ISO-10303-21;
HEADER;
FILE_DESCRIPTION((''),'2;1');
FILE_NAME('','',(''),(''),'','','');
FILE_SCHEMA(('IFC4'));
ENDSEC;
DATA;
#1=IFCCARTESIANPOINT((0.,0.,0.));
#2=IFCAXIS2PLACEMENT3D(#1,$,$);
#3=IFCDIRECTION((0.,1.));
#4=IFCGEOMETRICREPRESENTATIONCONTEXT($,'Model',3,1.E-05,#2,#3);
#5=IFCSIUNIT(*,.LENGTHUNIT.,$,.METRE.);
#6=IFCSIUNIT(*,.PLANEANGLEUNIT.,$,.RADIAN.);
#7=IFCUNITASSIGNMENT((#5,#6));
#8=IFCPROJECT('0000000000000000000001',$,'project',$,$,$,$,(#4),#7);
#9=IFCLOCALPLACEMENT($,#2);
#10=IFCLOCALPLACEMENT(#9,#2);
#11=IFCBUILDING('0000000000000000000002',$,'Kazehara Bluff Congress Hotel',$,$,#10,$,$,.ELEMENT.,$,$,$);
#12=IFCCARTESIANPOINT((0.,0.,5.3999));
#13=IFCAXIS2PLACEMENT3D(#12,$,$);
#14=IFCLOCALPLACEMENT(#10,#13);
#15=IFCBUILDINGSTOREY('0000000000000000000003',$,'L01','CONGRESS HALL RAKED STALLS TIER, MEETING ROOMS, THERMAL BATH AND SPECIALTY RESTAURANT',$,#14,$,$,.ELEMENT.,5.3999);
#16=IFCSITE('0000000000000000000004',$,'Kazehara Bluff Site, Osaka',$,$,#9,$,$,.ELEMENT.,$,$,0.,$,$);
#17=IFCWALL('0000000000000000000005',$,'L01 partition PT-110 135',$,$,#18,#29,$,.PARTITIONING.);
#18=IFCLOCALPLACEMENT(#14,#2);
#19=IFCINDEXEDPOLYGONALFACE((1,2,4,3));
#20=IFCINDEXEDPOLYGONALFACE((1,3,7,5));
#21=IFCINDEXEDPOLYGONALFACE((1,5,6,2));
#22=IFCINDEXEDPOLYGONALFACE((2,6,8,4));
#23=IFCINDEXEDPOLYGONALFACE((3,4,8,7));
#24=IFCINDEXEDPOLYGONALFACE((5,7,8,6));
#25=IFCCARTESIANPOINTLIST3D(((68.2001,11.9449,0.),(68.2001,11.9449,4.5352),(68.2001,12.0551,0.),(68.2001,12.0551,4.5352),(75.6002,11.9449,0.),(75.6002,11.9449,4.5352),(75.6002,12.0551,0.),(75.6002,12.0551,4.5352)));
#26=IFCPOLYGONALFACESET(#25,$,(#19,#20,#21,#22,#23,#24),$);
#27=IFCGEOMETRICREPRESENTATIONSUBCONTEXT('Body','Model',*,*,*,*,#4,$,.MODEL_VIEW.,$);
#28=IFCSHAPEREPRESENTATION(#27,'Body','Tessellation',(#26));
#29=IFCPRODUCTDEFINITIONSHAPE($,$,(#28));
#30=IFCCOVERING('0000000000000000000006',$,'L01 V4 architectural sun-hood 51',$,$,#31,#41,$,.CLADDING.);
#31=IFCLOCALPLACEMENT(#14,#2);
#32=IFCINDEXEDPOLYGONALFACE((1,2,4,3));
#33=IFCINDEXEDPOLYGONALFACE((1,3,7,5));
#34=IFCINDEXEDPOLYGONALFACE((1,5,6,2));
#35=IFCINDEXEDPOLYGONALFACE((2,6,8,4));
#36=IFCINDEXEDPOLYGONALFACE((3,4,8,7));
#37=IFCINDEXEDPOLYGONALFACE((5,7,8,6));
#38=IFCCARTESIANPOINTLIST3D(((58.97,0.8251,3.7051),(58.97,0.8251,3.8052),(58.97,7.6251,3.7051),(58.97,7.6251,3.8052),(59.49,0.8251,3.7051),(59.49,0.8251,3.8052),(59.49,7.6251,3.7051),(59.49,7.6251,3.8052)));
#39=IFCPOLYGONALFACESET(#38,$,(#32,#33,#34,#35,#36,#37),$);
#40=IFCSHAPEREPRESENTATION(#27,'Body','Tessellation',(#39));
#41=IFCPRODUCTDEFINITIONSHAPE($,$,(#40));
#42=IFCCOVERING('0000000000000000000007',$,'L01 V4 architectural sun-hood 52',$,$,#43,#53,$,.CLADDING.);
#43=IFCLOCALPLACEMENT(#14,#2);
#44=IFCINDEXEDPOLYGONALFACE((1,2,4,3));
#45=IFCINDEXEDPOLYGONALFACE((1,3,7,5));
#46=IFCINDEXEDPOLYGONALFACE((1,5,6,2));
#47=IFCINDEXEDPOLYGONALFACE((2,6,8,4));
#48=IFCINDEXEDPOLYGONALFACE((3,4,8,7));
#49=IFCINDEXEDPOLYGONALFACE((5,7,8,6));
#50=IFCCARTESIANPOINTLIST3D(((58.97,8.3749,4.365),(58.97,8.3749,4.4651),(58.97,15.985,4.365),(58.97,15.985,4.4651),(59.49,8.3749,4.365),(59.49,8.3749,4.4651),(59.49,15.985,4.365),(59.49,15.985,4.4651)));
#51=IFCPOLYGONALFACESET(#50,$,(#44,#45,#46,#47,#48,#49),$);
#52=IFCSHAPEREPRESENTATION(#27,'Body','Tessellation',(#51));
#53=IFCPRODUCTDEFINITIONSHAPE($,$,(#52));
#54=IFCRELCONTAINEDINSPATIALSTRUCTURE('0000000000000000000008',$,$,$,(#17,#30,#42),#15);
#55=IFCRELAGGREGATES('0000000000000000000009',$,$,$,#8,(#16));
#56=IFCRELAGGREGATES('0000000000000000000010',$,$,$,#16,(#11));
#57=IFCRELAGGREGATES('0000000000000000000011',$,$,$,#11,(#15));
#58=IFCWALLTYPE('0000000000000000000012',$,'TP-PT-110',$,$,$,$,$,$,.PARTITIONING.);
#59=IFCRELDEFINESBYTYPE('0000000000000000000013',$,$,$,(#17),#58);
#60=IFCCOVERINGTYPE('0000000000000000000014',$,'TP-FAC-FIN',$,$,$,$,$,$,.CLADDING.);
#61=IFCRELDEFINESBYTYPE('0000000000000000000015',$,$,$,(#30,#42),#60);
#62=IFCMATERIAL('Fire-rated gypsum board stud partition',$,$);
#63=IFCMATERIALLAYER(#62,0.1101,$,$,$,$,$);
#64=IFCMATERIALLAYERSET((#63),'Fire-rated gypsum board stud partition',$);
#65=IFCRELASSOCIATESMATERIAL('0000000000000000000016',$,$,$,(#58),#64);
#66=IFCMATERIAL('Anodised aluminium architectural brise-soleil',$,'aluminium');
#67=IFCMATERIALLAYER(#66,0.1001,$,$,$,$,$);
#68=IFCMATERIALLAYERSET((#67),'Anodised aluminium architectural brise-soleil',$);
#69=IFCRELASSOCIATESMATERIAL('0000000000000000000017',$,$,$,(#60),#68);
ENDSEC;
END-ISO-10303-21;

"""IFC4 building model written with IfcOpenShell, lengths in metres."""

from ifc_helpers import new_model, si_unit, direction, frame, frame_2d, origin, origin_2d, place, context, subcontext, project, spatial, rectangle, extrude, material, layer, layer_set, type_object, element, save


model = new_model("IFC4")

# Units and contexts
model_context = context("Model", 3, precision=1e-05, world=origin(), true_north=direction((0.0, 1.0)))
body_context = subcontext(model_context, "Body", "Model", "MODEL_VIEW")
ifc_project = project(units=[si_unit("LENGTHUNIT", "METRE"), si_unit("PLANEANGLEUNIT", "RADIAN")], contexts=[model_context])

# Site, building, storey
site_placement = place(None, origin())
site = spatial("IfcSite", under=ifc_project, at=site_placement, Name="Kazehara Bluff Site, Osaka", CompositionType="ELEMENT", RefElevation=0.0)
building_placement = place(site_placement, origin())
building = spatial("IfcBuilding", under=site, at=building_placement, Name="Kazehara Bluff Congress Hotel", CompositionType="ELEMENT")
storey_placement = place(building_placement, frame((0.0, 0.0, 5.3999)))
storey = spatial("IfcBuildingStorey", under=building, at=storey_placement, Name="L01", Description="CONGRESS HALL RAKED STALLS TIER, MEETING ROOMS, THERMAL BATH AND SPECIALTY RESTAURANT", CompositionType="ELEMENT", Elevation=5.3999)

# Wall
ifc_material_1 = material(Name="Fire-rated gypsum board stud partition")
ifc_layer_1 = layer(ifc_material_1, 0.1101)
ifc_layer_set_1 = layer_set([ifc_layer_1], Name="Fire-rated gypsum board stud partition")
wall_type_1 = type_object("IfcWallType", Name="TP-PT-110", PredefinedType="PARTITIONING", material=ifc_layer_set_1)
wall_1_placement = place(storey_placement, frame((68.2, 12.0, 0.0), z_axis=(0.0, 0.0, 1.0), x_axis=(1.0, 0.0, 0.0)))
element("IfcWall", 1, at=wall_1_placement, inside=storey, type_object=wall_type_1, Name="L01 partition PT-110 135", PredefinedType="PARTITIONING", context=body_context, shape_type="SweptSolid", body=[
    extrude(rectangle(XDim=7.4001, YDim=0.1101, at=frame_2d((3.7002, 0.0))), origin(), (0.0, 0.0, 1.0), 4.5352),
])

# Coverings
ifc_material_2 = material(Name="Anodised aluminium architectural brise-soleil", Category="aluminium")
ifc_layer_2 = layer(ifc_material_2, 0.1001)
ifc_layer_set_2 = layer_set([ifc_layer_2], Name="Anodised aluminium architectural brise-soleil")
covering_type = type_object("IfcCoveringType", Name="TP-FAC-FIN", PredefinedType="CLADDING", material=ifc_layer_set_2)
covering_1_placement = place(storey_placement, frame((59.23, 4.2251, 3.7051), z_axis=(0.0, 0.0, 1.0), x_axis=(1.0, 0.0, 0.0)))
element("IfcCovering", 2, at=covering_1_placement, inside=storey, type_object=covering_type, Name="L01 V4 architectural sun-hood 51", PredefinedType="CLADDING", context=body_context, shape_type="SweptSolid", body=[
    extrude(rectangle(XDim=0.52, YDim=6.8, at=origin_2d()), origin(), (0.0, 0.0, 1.0), 0.1001),
])
covering_2_placement = place(storey_placement, frame((59.23, 12.1799, 4.365), z_axis=(0.0, 0.0, 1.0), x_axis=(1.0, 0.0, 0.0)))
element("IfcCovering", 3, at=covering_2_placement, inside=storey, type_object=covering_type, Name="L01 V4 architectural sun-hood 52", PredefinedType="CLADDING", context=body_context, shape_type="SweptSolid", body=[
    extrude(rectangle(XDim=0.52, YDim=7.6101, at=origin_2d()), origin(), (0.0, 0.0, 1.0), 0.1001),
])

save(model, "model.ifc")
